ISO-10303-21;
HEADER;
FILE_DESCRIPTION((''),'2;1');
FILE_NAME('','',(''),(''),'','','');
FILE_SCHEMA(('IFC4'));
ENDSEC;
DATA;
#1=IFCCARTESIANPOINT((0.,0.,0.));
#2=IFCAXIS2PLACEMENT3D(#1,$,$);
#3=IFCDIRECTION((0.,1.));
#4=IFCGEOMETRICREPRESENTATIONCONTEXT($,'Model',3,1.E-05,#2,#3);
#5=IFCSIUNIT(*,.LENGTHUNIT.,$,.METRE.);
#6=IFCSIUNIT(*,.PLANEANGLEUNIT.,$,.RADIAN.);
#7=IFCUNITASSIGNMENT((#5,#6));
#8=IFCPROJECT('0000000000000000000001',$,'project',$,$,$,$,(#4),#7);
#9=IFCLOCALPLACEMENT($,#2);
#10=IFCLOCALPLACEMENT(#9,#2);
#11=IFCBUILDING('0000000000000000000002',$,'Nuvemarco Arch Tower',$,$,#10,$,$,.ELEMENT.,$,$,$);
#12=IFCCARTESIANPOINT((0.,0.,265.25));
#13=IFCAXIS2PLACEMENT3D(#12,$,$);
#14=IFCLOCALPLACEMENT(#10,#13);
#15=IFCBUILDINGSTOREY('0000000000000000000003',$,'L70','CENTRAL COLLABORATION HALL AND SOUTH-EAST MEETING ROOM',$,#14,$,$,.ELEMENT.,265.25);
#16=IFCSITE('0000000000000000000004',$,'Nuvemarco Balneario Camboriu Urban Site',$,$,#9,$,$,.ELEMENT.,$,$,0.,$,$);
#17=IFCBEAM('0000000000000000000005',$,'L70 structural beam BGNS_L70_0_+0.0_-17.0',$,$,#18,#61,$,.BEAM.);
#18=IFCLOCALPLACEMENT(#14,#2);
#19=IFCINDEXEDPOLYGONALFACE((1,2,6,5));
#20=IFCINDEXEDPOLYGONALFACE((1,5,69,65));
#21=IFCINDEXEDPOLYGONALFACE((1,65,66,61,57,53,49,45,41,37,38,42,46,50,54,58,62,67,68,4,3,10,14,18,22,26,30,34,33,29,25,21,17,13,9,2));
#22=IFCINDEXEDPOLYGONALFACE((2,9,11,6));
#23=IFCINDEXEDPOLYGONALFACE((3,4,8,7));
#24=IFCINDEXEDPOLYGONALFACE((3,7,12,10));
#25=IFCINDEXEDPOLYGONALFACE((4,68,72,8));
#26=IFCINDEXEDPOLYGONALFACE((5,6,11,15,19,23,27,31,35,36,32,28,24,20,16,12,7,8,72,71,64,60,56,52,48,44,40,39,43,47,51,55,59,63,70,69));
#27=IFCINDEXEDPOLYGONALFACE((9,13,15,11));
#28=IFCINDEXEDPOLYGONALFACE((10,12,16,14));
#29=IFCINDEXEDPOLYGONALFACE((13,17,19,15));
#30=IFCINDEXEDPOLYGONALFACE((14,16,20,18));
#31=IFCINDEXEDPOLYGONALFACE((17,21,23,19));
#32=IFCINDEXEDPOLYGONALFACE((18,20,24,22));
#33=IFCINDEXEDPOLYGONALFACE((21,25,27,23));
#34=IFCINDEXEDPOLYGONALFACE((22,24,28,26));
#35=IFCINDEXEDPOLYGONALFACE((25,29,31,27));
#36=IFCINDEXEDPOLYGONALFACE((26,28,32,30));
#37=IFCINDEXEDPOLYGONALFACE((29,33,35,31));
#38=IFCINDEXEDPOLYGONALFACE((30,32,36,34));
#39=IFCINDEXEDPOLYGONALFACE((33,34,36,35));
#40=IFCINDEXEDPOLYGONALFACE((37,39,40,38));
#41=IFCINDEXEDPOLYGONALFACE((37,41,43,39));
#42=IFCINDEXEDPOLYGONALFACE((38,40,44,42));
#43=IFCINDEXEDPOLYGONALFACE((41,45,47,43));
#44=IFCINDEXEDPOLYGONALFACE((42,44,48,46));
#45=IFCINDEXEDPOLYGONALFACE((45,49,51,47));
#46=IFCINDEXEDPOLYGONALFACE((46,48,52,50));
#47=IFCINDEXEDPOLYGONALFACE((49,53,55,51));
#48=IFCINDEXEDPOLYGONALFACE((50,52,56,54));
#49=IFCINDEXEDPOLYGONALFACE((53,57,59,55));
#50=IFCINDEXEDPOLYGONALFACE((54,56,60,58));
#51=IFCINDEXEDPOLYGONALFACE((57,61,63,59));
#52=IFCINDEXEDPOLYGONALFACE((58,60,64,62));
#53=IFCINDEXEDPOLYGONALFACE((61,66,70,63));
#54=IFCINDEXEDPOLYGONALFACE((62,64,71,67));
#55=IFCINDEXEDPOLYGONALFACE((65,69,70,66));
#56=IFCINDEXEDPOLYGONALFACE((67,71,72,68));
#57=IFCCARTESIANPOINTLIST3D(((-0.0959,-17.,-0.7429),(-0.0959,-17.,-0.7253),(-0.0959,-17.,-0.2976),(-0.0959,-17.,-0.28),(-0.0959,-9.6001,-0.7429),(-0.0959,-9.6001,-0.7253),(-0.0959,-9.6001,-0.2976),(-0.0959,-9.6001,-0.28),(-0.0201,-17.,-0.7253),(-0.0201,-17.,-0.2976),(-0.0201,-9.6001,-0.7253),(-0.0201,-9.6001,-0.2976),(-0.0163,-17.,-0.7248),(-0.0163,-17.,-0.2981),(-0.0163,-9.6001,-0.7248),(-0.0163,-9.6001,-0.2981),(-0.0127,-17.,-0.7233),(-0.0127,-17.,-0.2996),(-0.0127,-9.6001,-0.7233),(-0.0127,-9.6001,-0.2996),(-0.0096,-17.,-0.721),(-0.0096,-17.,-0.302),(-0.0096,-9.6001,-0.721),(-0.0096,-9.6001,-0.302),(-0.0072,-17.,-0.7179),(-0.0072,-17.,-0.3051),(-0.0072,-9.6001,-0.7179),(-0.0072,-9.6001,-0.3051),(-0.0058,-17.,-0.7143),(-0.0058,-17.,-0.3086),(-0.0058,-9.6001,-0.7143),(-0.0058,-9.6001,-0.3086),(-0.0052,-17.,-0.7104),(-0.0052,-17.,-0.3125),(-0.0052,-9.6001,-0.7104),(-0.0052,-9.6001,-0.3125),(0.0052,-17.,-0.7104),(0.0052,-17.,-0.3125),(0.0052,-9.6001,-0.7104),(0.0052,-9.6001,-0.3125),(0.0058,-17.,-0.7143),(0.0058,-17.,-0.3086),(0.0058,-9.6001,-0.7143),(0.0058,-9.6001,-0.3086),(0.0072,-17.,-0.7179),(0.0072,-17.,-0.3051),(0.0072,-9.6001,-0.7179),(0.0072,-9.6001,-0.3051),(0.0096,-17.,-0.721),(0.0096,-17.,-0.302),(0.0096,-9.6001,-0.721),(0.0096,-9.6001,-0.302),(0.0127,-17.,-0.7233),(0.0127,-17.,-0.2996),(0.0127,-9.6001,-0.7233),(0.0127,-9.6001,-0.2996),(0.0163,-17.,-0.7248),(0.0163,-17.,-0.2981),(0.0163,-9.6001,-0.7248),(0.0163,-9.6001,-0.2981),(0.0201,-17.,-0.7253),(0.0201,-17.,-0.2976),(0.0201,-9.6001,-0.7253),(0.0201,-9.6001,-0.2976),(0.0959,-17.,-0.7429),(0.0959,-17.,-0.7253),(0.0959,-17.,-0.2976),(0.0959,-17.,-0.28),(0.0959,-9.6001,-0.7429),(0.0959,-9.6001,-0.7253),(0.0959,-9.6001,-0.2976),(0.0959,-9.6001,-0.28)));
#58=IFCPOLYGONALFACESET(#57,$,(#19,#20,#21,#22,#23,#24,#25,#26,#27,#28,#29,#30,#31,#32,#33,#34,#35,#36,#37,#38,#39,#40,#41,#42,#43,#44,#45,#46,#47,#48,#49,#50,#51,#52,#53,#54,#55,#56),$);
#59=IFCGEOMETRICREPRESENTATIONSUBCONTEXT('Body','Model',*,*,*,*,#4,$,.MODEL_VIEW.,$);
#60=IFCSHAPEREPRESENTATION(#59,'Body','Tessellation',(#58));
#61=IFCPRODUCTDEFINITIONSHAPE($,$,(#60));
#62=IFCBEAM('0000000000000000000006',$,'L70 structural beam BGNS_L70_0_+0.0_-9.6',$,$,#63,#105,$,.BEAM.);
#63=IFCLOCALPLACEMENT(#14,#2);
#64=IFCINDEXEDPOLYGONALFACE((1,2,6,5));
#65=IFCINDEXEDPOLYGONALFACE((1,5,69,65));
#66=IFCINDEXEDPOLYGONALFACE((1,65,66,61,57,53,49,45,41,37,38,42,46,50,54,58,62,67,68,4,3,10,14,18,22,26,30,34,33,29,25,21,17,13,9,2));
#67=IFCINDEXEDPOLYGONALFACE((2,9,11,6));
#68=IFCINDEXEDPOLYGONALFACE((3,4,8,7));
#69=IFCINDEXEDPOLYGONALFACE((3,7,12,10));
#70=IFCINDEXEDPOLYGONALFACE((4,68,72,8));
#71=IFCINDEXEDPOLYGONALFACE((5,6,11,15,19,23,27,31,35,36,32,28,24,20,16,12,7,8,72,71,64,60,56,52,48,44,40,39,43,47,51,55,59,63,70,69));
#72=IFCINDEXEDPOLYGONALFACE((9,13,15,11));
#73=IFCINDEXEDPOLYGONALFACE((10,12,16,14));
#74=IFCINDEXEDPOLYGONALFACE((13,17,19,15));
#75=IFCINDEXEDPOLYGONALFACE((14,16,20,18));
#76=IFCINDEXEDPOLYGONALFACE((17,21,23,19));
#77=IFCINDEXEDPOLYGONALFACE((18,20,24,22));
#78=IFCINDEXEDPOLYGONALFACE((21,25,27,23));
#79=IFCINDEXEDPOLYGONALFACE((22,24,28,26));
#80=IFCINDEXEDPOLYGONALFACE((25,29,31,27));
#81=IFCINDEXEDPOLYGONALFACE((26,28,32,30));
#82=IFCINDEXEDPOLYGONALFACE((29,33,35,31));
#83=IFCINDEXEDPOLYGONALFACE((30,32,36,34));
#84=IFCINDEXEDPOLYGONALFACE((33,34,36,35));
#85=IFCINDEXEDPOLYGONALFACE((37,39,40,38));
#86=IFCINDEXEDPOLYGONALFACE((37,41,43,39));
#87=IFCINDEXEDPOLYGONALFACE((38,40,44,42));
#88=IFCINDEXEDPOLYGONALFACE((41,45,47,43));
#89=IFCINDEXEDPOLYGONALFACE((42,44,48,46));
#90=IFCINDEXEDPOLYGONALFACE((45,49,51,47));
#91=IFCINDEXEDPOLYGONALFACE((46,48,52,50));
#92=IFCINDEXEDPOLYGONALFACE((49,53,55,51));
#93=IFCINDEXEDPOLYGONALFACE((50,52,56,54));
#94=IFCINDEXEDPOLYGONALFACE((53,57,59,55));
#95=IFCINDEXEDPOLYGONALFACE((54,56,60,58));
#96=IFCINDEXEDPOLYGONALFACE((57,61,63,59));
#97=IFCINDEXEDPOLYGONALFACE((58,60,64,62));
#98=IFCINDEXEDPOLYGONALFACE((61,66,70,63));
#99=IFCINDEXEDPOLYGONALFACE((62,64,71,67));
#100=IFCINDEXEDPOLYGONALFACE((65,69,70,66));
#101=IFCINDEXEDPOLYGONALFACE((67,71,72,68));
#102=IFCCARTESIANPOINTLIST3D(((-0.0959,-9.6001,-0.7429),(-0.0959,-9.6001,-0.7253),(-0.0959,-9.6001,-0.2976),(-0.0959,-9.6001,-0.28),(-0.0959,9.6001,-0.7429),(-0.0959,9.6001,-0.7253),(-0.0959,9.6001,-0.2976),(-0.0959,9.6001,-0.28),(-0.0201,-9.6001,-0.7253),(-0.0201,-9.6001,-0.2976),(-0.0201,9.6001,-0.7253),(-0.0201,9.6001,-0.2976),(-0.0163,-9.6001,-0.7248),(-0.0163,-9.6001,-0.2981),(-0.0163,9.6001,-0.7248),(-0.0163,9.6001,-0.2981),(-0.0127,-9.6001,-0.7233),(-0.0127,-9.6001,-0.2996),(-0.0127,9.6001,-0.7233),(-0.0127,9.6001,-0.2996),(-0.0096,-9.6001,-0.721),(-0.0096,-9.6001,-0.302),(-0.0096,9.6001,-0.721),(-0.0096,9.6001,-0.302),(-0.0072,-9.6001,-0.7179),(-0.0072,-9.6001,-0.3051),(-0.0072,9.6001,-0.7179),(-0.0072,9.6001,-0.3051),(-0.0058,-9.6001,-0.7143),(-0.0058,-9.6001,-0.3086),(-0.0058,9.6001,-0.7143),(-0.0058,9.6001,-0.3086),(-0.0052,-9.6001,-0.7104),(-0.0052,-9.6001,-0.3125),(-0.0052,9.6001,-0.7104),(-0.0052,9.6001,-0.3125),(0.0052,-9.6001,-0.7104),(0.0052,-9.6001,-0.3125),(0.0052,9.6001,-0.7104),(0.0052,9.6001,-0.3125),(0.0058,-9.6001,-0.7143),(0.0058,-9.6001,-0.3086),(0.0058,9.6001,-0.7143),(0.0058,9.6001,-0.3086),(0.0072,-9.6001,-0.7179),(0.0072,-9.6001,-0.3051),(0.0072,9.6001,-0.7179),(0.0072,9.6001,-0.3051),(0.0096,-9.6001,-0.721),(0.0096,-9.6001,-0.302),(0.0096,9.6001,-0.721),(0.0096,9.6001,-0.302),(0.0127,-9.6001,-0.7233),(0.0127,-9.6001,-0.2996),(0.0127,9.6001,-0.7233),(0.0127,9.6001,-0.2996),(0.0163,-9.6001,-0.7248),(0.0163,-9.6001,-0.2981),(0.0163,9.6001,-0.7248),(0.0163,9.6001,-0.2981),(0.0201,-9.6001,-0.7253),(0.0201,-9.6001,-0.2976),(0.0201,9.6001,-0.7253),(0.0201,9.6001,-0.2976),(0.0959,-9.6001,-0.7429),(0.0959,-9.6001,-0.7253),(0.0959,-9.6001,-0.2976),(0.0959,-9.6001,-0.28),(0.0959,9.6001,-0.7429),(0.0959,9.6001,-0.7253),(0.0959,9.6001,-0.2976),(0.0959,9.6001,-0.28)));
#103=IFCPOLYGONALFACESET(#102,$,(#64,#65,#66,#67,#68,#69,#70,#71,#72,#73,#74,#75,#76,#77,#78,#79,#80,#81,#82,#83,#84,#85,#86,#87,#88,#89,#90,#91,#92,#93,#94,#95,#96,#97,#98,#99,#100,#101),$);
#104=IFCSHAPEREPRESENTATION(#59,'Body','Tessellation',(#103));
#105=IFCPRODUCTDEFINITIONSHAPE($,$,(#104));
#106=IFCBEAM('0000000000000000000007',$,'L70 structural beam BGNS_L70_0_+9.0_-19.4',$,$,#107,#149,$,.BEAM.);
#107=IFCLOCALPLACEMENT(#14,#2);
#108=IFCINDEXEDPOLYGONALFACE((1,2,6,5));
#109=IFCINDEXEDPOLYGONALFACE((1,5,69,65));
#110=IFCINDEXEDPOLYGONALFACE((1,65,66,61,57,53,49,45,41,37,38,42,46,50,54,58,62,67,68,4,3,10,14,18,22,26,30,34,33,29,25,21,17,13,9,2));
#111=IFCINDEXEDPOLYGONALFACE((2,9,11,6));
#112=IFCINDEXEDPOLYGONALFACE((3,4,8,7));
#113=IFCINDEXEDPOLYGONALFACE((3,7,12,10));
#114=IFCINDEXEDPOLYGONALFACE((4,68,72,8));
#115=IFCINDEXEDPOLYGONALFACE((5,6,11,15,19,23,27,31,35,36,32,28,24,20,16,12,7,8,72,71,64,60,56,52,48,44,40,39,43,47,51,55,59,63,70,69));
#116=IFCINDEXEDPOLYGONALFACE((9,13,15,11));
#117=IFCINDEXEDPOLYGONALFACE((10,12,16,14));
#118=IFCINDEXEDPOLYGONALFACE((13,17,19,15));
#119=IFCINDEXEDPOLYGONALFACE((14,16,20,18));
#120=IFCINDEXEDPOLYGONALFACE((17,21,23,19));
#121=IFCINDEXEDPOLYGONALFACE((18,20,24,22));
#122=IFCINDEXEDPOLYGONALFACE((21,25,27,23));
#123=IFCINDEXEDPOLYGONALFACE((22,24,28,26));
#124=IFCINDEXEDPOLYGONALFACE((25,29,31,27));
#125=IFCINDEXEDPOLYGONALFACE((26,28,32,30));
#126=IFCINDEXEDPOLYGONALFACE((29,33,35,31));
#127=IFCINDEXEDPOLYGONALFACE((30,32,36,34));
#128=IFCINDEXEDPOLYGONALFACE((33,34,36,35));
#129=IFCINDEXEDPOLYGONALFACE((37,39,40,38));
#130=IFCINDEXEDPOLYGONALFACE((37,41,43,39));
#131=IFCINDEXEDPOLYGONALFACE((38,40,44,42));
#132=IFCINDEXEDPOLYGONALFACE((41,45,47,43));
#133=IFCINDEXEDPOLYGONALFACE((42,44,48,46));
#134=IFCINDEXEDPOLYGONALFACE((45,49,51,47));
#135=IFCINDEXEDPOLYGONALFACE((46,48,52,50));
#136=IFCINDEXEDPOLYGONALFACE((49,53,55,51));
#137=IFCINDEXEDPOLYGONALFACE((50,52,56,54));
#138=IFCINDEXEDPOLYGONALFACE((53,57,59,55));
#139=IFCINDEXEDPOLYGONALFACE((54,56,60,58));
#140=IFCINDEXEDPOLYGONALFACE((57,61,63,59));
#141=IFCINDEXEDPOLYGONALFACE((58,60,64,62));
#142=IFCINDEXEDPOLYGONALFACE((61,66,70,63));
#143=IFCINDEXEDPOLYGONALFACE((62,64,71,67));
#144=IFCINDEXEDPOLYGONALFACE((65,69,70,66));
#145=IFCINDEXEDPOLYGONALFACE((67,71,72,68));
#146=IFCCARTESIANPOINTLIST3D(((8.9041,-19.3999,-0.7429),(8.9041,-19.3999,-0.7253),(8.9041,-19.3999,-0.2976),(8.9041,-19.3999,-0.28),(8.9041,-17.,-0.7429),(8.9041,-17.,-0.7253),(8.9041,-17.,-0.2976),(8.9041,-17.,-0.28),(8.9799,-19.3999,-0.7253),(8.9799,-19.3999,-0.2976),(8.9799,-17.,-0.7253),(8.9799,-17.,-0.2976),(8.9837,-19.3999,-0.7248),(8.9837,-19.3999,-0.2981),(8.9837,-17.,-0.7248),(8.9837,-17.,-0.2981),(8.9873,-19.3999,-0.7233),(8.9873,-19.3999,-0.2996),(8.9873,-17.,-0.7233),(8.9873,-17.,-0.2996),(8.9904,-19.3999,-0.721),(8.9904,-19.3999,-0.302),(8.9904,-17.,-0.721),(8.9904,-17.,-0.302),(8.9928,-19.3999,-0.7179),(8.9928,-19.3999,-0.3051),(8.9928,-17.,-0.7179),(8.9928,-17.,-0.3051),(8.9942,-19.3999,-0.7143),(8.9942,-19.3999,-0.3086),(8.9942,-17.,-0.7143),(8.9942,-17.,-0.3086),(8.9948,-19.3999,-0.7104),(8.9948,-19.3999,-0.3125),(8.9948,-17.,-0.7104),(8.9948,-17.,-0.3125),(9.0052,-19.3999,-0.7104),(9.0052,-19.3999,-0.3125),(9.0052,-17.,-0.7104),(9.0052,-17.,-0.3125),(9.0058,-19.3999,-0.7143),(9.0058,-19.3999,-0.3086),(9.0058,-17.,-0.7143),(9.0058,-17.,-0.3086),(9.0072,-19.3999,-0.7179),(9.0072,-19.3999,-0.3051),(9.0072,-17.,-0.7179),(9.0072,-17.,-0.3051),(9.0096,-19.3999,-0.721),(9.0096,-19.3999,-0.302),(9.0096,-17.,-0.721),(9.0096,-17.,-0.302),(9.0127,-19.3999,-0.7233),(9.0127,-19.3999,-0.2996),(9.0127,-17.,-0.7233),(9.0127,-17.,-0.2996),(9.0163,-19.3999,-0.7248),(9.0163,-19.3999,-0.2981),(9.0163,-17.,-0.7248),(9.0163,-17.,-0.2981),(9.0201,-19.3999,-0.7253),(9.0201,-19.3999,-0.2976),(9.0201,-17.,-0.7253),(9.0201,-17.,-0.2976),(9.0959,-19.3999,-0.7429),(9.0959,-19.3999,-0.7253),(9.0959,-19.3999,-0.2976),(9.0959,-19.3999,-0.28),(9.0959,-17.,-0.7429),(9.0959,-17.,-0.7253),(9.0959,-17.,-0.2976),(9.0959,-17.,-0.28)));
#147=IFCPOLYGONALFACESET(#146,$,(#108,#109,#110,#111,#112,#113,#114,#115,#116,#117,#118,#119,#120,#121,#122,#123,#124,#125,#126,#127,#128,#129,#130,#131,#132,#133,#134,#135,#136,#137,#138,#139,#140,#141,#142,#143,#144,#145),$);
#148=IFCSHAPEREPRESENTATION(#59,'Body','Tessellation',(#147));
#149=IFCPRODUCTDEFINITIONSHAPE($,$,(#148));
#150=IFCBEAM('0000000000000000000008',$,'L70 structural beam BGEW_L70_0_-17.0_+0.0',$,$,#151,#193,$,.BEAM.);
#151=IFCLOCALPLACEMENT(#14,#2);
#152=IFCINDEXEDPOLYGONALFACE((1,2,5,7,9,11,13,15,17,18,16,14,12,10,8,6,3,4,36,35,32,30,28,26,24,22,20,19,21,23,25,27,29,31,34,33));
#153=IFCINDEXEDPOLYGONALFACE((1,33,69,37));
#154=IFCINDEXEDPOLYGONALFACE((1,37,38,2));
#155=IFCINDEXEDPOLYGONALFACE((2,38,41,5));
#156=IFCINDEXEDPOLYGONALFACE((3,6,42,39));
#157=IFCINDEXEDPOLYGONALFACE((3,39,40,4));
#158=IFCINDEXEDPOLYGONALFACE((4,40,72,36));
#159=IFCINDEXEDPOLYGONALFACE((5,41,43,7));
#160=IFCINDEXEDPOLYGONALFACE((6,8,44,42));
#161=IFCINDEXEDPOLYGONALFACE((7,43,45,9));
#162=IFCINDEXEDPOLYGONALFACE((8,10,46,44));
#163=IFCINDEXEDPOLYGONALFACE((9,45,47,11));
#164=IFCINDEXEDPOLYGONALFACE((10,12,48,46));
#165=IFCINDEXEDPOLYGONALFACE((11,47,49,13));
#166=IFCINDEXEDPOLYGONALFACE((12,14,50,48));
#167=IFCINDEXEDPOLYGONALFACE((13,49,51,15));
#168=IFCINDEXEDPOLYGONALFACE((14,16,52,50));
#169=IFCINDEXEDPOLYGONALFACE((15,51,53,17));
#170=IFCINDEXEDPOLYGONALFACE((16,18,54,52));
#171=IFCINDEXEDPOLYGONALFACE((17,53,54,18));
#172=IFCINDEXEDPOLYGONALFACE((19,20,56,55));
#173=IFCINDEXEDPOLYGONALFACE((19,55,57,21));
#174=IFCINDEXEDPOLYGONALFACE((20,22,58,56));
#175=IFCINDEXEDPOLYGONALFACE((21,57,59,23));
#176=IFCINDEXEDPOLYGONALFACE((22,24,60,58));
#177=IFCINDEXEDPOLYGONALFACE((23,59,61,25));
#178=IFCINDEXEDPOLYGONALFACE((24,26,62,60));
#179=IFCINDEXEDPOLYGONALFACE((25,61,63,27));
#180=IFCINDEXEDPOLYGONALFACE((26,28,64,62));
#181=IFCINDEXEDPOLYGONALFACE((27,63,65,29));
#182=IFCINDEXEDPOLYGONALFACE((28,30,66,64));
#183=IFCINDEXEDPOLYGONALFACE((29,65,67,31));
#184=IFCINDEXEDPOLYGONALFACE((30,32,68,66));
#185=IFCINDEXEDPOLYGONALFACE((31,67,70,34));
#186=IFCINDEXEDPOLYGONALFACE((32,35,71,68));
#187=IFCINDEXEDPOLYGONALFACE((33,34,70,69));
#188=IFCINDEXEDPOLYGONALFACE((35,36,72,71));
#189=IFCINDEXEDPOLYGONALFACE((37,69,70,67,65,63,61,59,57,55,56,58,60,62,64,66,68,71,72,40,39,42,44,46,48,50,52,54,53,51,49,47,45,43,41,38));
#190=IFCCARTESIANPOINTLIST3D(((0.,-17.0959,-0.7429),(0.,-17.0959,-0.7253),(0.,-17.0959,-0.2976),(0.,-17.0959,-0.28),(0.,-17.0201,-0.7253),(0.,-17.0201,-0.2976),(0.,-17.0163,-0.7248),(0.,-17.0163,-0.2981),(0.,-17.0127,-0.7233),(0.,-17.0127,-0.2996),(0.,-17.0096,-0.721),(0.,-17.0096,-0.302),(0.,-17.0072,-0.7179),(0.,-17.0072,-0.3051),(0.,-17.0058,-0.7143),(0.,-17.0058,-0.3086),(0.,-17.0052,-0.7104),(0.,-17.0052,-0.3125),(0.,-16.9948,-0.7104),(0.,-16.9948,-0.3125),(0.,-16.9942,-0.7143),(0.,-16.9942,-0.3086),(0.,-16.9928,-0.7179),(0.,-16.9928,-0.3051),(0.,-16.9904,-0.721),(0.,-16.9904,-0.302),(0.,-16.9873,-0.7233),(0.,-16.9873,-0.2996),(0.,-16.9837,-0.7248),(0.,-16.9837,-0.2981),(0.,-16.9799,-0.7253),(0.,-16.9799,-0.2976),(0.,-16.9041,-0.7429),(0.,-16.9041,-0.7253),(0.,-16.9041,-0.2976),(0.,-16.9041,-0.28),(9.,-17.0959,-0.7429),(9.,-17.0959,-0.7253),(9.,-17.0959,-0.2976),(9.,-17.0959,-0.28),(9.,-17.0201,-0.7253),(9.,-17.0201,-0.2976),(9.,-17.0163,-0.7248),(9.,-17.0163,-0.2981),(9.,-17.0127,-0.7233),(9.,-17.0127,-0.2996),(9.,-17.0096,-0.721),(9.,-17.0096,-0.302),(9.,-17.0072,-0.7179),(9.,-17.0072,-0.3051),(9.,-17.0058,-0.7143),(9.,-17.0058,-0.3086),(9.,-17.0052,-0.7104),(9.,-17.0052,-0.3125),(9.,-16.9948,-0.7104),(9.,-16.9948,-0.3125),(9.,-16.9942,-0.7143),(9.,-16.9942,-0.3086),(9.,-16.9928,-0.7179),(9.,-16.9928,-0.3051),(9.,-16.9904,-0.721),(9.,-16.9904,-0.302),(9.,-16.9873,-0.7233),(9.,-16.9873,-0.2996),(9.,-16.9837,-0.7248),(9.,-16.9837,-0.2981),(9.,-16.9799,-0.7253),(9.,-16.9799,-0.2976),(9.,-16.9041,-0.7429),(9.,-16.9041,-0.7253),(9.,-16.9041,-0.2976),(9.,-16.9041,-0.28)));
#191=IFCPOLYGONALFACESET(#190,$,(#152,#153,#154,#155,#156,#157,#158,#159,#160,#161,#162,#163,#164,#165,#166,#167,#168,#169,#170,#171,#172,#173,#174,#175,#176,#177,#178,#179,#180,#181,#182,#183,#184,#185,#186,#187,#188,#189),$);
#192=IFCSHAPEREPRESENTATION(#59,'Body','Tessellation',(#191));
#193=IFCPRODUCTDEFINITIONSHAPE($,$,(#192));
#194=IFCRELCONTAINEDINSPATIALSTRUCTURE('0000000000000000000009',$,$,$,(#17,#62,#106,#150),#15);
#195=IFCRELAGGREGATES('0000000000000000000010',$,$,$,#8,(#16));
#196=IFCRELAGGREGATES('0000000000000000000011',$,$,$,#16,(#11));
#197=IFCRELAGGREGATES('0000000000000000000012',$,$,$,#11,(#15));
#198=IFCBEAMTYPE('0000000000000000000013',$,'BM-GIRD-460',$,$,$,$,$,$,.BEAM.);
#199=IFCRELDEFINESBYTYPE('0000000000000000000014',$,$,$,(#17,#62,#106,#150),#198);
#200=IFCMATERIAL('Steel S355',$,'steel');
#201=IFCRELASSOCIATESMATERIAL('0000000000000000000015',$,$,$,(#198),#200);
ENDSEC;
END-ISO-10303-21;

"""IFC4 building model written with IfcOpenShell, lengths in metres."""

from ifc_helpers import new_model, si_unit, direction, frame, origin, origin_2d, place, context, subcontext, project, spatial, i_section, extrude, material, material_profile, profile_set, type_object, element, save


model = new_model("IFC4")

# Units and contexts
model_context = context("Model", 3, precision=1e-05, world=origin(), true_north=direction((0.0, 1.0)))
body_context = subcontext(model_context, "Body", "Model", "MODEL_VIEW")
ifc_project = project(units=[si_unit("LENGTHUNIT", "METRE"), si_unit("PLANEANGLEUNIT", "RADIAN")], contexts=[model_context])

# Site, building, storey
site_placement = place(None, origin())
site = spatial("IfcSite", under=ifc_project, at=site_placement, Name="Nuvemarco Balneario Camboriu Urban Site", CompositionType="ELEMENT", RefElevation=0.0)
building_placement = place(site_placement, origin())
building = spatial("IfcBuilding", under=site, at=building_placement, Name="Nuvemarco Arch Tower", CompositionType="ELEMENT")
storey_placement = place(building_placement, frame((0.0, 0.0, 265.25)))
storey = spatial("IfcBuildingStorey", under=building, at=storey_placement, Name="L70", Description="CENTRAL COLLABORATION HALL AND SOUTH-EAST MEETING ROOM", CompositionType="ELEMENT", Elevation=265.25)

# Shared definitions
ifc_material_1 = material(Name="Steel S355", Category="steel")

# Beams
ifc_material_profile_1 = material_profile(ifc_material_1, i_section(OverallWidth=0.1919, OverallDepth=0.4629, WebThickness=0.0105, FlangeThickness=0.0176, FilletRadius=0.0149, at=origin_2d()), Name="W460x89")
ifc_profile_set_1 = profile_set([ifc_material_profile_1], Name="Steel S355")
beam_type_1 = type_object("IfcBeamType", Name="BM-GIRD-460", PredefinedType="BEAM", material=ifc_profile_set_1)
beam_1_placement = place(storey_placement, frame((0.0, -17.0, -0.5115), z_axis=(0.0, 1.0, 0.0), x_axis=(-1.0, 0.0, 0.0)))
element("IfcBeam", 1, at=beam_1_placement, inside=storey, type_object=beam_type_1, Name="L70 structural beam BGNS_L70_0_+0.0_-17.0", PredefinedType="BEAM", context=body_context, shape_type="SweptSolid", body=[
    extrude(i_section(OverallWidth=0.1919, OverallDepth=0.4629, WebThickness=0.0105, FlangeThickness=0.0176, FilletRadius=0.0149, at=origin_2d()), origin(), (0.0, 0.0, 1.0), 7.3999),
])
beam_2_placement = place(storey_placement, frame((0.0, -9.6001, -0.5115), z_axis=(0.0, 1.0, 0.0), x_axis=(-1.0, 0.0, 0.0)))
element("IfcBeam", 2, at=beam_2_placement, inside=storey, type_object=beam_type_1, Name="L70 structural beam BGNS_L70_0_+0.0_-9.6", PredefinedType="BEAM", context=body_context, shape_type="SweptSolid", body=[
    extrude(i_section(OverallWidth=0.1919, OverallDepth=0.4629, WebThickness=0.0105, FlangeThickness=0.0176, FilletRadius=0.0149, at=origin_2d()), origin(), (0.0, 0.0, 1.0), 19.2002),
])
beam_3_placement = place(storey_placement, frame((9.0, -19.3999, -0.5115), z_axis=(0.0, 1.0, 0.0), x_axis=(-1.0, 0.0, 0.0)))
element("IfcBeam", 3, at=beam_3_placement, inside=storey, type_object=beam_type_1, Name="L70 structural beam BGNS_L70_0_+9.0_-19.4", PredefinedType="BEAM", context=body_context, shape_type="SweptSolid", body=[
    extrude(i_section(OverallWidth=0.1919, OverallDepth=0.4629, WebThickness=0.0105, FlangeThickness=0.0176, FilletRadius=0.0149, at=origin_2d()), origin(), (0.0, 0.0, 1.0), 2.3999),
])
beam_4_placement = place(storey_placement, frame((0.0, -17.0, -0.5115), z_axis=(1.0, 0.0, 0.0), x_axis=(0.0, 1.0, 0.0)))
element("IfcBeam", 4, at=beam_4_placement, inside=storey, type_object=beam_type_1, Name="L70 structural beam BGEW_L70_0_-17.0_+0.0", PredefinedType="BEAM", context=body_context, shape_type="SweptSolid", body=[
    extrude(i_section(OverallWidth=0.1919, OverallDepth=0.4629, WebThickness=0.0105, FlangeThickness=0.0176, FilletRadius=0.0149, at=origin_2d()), origin(), (0.0, 0.0, 1.0), 9.0),
])

save(model, "model.ifc")
